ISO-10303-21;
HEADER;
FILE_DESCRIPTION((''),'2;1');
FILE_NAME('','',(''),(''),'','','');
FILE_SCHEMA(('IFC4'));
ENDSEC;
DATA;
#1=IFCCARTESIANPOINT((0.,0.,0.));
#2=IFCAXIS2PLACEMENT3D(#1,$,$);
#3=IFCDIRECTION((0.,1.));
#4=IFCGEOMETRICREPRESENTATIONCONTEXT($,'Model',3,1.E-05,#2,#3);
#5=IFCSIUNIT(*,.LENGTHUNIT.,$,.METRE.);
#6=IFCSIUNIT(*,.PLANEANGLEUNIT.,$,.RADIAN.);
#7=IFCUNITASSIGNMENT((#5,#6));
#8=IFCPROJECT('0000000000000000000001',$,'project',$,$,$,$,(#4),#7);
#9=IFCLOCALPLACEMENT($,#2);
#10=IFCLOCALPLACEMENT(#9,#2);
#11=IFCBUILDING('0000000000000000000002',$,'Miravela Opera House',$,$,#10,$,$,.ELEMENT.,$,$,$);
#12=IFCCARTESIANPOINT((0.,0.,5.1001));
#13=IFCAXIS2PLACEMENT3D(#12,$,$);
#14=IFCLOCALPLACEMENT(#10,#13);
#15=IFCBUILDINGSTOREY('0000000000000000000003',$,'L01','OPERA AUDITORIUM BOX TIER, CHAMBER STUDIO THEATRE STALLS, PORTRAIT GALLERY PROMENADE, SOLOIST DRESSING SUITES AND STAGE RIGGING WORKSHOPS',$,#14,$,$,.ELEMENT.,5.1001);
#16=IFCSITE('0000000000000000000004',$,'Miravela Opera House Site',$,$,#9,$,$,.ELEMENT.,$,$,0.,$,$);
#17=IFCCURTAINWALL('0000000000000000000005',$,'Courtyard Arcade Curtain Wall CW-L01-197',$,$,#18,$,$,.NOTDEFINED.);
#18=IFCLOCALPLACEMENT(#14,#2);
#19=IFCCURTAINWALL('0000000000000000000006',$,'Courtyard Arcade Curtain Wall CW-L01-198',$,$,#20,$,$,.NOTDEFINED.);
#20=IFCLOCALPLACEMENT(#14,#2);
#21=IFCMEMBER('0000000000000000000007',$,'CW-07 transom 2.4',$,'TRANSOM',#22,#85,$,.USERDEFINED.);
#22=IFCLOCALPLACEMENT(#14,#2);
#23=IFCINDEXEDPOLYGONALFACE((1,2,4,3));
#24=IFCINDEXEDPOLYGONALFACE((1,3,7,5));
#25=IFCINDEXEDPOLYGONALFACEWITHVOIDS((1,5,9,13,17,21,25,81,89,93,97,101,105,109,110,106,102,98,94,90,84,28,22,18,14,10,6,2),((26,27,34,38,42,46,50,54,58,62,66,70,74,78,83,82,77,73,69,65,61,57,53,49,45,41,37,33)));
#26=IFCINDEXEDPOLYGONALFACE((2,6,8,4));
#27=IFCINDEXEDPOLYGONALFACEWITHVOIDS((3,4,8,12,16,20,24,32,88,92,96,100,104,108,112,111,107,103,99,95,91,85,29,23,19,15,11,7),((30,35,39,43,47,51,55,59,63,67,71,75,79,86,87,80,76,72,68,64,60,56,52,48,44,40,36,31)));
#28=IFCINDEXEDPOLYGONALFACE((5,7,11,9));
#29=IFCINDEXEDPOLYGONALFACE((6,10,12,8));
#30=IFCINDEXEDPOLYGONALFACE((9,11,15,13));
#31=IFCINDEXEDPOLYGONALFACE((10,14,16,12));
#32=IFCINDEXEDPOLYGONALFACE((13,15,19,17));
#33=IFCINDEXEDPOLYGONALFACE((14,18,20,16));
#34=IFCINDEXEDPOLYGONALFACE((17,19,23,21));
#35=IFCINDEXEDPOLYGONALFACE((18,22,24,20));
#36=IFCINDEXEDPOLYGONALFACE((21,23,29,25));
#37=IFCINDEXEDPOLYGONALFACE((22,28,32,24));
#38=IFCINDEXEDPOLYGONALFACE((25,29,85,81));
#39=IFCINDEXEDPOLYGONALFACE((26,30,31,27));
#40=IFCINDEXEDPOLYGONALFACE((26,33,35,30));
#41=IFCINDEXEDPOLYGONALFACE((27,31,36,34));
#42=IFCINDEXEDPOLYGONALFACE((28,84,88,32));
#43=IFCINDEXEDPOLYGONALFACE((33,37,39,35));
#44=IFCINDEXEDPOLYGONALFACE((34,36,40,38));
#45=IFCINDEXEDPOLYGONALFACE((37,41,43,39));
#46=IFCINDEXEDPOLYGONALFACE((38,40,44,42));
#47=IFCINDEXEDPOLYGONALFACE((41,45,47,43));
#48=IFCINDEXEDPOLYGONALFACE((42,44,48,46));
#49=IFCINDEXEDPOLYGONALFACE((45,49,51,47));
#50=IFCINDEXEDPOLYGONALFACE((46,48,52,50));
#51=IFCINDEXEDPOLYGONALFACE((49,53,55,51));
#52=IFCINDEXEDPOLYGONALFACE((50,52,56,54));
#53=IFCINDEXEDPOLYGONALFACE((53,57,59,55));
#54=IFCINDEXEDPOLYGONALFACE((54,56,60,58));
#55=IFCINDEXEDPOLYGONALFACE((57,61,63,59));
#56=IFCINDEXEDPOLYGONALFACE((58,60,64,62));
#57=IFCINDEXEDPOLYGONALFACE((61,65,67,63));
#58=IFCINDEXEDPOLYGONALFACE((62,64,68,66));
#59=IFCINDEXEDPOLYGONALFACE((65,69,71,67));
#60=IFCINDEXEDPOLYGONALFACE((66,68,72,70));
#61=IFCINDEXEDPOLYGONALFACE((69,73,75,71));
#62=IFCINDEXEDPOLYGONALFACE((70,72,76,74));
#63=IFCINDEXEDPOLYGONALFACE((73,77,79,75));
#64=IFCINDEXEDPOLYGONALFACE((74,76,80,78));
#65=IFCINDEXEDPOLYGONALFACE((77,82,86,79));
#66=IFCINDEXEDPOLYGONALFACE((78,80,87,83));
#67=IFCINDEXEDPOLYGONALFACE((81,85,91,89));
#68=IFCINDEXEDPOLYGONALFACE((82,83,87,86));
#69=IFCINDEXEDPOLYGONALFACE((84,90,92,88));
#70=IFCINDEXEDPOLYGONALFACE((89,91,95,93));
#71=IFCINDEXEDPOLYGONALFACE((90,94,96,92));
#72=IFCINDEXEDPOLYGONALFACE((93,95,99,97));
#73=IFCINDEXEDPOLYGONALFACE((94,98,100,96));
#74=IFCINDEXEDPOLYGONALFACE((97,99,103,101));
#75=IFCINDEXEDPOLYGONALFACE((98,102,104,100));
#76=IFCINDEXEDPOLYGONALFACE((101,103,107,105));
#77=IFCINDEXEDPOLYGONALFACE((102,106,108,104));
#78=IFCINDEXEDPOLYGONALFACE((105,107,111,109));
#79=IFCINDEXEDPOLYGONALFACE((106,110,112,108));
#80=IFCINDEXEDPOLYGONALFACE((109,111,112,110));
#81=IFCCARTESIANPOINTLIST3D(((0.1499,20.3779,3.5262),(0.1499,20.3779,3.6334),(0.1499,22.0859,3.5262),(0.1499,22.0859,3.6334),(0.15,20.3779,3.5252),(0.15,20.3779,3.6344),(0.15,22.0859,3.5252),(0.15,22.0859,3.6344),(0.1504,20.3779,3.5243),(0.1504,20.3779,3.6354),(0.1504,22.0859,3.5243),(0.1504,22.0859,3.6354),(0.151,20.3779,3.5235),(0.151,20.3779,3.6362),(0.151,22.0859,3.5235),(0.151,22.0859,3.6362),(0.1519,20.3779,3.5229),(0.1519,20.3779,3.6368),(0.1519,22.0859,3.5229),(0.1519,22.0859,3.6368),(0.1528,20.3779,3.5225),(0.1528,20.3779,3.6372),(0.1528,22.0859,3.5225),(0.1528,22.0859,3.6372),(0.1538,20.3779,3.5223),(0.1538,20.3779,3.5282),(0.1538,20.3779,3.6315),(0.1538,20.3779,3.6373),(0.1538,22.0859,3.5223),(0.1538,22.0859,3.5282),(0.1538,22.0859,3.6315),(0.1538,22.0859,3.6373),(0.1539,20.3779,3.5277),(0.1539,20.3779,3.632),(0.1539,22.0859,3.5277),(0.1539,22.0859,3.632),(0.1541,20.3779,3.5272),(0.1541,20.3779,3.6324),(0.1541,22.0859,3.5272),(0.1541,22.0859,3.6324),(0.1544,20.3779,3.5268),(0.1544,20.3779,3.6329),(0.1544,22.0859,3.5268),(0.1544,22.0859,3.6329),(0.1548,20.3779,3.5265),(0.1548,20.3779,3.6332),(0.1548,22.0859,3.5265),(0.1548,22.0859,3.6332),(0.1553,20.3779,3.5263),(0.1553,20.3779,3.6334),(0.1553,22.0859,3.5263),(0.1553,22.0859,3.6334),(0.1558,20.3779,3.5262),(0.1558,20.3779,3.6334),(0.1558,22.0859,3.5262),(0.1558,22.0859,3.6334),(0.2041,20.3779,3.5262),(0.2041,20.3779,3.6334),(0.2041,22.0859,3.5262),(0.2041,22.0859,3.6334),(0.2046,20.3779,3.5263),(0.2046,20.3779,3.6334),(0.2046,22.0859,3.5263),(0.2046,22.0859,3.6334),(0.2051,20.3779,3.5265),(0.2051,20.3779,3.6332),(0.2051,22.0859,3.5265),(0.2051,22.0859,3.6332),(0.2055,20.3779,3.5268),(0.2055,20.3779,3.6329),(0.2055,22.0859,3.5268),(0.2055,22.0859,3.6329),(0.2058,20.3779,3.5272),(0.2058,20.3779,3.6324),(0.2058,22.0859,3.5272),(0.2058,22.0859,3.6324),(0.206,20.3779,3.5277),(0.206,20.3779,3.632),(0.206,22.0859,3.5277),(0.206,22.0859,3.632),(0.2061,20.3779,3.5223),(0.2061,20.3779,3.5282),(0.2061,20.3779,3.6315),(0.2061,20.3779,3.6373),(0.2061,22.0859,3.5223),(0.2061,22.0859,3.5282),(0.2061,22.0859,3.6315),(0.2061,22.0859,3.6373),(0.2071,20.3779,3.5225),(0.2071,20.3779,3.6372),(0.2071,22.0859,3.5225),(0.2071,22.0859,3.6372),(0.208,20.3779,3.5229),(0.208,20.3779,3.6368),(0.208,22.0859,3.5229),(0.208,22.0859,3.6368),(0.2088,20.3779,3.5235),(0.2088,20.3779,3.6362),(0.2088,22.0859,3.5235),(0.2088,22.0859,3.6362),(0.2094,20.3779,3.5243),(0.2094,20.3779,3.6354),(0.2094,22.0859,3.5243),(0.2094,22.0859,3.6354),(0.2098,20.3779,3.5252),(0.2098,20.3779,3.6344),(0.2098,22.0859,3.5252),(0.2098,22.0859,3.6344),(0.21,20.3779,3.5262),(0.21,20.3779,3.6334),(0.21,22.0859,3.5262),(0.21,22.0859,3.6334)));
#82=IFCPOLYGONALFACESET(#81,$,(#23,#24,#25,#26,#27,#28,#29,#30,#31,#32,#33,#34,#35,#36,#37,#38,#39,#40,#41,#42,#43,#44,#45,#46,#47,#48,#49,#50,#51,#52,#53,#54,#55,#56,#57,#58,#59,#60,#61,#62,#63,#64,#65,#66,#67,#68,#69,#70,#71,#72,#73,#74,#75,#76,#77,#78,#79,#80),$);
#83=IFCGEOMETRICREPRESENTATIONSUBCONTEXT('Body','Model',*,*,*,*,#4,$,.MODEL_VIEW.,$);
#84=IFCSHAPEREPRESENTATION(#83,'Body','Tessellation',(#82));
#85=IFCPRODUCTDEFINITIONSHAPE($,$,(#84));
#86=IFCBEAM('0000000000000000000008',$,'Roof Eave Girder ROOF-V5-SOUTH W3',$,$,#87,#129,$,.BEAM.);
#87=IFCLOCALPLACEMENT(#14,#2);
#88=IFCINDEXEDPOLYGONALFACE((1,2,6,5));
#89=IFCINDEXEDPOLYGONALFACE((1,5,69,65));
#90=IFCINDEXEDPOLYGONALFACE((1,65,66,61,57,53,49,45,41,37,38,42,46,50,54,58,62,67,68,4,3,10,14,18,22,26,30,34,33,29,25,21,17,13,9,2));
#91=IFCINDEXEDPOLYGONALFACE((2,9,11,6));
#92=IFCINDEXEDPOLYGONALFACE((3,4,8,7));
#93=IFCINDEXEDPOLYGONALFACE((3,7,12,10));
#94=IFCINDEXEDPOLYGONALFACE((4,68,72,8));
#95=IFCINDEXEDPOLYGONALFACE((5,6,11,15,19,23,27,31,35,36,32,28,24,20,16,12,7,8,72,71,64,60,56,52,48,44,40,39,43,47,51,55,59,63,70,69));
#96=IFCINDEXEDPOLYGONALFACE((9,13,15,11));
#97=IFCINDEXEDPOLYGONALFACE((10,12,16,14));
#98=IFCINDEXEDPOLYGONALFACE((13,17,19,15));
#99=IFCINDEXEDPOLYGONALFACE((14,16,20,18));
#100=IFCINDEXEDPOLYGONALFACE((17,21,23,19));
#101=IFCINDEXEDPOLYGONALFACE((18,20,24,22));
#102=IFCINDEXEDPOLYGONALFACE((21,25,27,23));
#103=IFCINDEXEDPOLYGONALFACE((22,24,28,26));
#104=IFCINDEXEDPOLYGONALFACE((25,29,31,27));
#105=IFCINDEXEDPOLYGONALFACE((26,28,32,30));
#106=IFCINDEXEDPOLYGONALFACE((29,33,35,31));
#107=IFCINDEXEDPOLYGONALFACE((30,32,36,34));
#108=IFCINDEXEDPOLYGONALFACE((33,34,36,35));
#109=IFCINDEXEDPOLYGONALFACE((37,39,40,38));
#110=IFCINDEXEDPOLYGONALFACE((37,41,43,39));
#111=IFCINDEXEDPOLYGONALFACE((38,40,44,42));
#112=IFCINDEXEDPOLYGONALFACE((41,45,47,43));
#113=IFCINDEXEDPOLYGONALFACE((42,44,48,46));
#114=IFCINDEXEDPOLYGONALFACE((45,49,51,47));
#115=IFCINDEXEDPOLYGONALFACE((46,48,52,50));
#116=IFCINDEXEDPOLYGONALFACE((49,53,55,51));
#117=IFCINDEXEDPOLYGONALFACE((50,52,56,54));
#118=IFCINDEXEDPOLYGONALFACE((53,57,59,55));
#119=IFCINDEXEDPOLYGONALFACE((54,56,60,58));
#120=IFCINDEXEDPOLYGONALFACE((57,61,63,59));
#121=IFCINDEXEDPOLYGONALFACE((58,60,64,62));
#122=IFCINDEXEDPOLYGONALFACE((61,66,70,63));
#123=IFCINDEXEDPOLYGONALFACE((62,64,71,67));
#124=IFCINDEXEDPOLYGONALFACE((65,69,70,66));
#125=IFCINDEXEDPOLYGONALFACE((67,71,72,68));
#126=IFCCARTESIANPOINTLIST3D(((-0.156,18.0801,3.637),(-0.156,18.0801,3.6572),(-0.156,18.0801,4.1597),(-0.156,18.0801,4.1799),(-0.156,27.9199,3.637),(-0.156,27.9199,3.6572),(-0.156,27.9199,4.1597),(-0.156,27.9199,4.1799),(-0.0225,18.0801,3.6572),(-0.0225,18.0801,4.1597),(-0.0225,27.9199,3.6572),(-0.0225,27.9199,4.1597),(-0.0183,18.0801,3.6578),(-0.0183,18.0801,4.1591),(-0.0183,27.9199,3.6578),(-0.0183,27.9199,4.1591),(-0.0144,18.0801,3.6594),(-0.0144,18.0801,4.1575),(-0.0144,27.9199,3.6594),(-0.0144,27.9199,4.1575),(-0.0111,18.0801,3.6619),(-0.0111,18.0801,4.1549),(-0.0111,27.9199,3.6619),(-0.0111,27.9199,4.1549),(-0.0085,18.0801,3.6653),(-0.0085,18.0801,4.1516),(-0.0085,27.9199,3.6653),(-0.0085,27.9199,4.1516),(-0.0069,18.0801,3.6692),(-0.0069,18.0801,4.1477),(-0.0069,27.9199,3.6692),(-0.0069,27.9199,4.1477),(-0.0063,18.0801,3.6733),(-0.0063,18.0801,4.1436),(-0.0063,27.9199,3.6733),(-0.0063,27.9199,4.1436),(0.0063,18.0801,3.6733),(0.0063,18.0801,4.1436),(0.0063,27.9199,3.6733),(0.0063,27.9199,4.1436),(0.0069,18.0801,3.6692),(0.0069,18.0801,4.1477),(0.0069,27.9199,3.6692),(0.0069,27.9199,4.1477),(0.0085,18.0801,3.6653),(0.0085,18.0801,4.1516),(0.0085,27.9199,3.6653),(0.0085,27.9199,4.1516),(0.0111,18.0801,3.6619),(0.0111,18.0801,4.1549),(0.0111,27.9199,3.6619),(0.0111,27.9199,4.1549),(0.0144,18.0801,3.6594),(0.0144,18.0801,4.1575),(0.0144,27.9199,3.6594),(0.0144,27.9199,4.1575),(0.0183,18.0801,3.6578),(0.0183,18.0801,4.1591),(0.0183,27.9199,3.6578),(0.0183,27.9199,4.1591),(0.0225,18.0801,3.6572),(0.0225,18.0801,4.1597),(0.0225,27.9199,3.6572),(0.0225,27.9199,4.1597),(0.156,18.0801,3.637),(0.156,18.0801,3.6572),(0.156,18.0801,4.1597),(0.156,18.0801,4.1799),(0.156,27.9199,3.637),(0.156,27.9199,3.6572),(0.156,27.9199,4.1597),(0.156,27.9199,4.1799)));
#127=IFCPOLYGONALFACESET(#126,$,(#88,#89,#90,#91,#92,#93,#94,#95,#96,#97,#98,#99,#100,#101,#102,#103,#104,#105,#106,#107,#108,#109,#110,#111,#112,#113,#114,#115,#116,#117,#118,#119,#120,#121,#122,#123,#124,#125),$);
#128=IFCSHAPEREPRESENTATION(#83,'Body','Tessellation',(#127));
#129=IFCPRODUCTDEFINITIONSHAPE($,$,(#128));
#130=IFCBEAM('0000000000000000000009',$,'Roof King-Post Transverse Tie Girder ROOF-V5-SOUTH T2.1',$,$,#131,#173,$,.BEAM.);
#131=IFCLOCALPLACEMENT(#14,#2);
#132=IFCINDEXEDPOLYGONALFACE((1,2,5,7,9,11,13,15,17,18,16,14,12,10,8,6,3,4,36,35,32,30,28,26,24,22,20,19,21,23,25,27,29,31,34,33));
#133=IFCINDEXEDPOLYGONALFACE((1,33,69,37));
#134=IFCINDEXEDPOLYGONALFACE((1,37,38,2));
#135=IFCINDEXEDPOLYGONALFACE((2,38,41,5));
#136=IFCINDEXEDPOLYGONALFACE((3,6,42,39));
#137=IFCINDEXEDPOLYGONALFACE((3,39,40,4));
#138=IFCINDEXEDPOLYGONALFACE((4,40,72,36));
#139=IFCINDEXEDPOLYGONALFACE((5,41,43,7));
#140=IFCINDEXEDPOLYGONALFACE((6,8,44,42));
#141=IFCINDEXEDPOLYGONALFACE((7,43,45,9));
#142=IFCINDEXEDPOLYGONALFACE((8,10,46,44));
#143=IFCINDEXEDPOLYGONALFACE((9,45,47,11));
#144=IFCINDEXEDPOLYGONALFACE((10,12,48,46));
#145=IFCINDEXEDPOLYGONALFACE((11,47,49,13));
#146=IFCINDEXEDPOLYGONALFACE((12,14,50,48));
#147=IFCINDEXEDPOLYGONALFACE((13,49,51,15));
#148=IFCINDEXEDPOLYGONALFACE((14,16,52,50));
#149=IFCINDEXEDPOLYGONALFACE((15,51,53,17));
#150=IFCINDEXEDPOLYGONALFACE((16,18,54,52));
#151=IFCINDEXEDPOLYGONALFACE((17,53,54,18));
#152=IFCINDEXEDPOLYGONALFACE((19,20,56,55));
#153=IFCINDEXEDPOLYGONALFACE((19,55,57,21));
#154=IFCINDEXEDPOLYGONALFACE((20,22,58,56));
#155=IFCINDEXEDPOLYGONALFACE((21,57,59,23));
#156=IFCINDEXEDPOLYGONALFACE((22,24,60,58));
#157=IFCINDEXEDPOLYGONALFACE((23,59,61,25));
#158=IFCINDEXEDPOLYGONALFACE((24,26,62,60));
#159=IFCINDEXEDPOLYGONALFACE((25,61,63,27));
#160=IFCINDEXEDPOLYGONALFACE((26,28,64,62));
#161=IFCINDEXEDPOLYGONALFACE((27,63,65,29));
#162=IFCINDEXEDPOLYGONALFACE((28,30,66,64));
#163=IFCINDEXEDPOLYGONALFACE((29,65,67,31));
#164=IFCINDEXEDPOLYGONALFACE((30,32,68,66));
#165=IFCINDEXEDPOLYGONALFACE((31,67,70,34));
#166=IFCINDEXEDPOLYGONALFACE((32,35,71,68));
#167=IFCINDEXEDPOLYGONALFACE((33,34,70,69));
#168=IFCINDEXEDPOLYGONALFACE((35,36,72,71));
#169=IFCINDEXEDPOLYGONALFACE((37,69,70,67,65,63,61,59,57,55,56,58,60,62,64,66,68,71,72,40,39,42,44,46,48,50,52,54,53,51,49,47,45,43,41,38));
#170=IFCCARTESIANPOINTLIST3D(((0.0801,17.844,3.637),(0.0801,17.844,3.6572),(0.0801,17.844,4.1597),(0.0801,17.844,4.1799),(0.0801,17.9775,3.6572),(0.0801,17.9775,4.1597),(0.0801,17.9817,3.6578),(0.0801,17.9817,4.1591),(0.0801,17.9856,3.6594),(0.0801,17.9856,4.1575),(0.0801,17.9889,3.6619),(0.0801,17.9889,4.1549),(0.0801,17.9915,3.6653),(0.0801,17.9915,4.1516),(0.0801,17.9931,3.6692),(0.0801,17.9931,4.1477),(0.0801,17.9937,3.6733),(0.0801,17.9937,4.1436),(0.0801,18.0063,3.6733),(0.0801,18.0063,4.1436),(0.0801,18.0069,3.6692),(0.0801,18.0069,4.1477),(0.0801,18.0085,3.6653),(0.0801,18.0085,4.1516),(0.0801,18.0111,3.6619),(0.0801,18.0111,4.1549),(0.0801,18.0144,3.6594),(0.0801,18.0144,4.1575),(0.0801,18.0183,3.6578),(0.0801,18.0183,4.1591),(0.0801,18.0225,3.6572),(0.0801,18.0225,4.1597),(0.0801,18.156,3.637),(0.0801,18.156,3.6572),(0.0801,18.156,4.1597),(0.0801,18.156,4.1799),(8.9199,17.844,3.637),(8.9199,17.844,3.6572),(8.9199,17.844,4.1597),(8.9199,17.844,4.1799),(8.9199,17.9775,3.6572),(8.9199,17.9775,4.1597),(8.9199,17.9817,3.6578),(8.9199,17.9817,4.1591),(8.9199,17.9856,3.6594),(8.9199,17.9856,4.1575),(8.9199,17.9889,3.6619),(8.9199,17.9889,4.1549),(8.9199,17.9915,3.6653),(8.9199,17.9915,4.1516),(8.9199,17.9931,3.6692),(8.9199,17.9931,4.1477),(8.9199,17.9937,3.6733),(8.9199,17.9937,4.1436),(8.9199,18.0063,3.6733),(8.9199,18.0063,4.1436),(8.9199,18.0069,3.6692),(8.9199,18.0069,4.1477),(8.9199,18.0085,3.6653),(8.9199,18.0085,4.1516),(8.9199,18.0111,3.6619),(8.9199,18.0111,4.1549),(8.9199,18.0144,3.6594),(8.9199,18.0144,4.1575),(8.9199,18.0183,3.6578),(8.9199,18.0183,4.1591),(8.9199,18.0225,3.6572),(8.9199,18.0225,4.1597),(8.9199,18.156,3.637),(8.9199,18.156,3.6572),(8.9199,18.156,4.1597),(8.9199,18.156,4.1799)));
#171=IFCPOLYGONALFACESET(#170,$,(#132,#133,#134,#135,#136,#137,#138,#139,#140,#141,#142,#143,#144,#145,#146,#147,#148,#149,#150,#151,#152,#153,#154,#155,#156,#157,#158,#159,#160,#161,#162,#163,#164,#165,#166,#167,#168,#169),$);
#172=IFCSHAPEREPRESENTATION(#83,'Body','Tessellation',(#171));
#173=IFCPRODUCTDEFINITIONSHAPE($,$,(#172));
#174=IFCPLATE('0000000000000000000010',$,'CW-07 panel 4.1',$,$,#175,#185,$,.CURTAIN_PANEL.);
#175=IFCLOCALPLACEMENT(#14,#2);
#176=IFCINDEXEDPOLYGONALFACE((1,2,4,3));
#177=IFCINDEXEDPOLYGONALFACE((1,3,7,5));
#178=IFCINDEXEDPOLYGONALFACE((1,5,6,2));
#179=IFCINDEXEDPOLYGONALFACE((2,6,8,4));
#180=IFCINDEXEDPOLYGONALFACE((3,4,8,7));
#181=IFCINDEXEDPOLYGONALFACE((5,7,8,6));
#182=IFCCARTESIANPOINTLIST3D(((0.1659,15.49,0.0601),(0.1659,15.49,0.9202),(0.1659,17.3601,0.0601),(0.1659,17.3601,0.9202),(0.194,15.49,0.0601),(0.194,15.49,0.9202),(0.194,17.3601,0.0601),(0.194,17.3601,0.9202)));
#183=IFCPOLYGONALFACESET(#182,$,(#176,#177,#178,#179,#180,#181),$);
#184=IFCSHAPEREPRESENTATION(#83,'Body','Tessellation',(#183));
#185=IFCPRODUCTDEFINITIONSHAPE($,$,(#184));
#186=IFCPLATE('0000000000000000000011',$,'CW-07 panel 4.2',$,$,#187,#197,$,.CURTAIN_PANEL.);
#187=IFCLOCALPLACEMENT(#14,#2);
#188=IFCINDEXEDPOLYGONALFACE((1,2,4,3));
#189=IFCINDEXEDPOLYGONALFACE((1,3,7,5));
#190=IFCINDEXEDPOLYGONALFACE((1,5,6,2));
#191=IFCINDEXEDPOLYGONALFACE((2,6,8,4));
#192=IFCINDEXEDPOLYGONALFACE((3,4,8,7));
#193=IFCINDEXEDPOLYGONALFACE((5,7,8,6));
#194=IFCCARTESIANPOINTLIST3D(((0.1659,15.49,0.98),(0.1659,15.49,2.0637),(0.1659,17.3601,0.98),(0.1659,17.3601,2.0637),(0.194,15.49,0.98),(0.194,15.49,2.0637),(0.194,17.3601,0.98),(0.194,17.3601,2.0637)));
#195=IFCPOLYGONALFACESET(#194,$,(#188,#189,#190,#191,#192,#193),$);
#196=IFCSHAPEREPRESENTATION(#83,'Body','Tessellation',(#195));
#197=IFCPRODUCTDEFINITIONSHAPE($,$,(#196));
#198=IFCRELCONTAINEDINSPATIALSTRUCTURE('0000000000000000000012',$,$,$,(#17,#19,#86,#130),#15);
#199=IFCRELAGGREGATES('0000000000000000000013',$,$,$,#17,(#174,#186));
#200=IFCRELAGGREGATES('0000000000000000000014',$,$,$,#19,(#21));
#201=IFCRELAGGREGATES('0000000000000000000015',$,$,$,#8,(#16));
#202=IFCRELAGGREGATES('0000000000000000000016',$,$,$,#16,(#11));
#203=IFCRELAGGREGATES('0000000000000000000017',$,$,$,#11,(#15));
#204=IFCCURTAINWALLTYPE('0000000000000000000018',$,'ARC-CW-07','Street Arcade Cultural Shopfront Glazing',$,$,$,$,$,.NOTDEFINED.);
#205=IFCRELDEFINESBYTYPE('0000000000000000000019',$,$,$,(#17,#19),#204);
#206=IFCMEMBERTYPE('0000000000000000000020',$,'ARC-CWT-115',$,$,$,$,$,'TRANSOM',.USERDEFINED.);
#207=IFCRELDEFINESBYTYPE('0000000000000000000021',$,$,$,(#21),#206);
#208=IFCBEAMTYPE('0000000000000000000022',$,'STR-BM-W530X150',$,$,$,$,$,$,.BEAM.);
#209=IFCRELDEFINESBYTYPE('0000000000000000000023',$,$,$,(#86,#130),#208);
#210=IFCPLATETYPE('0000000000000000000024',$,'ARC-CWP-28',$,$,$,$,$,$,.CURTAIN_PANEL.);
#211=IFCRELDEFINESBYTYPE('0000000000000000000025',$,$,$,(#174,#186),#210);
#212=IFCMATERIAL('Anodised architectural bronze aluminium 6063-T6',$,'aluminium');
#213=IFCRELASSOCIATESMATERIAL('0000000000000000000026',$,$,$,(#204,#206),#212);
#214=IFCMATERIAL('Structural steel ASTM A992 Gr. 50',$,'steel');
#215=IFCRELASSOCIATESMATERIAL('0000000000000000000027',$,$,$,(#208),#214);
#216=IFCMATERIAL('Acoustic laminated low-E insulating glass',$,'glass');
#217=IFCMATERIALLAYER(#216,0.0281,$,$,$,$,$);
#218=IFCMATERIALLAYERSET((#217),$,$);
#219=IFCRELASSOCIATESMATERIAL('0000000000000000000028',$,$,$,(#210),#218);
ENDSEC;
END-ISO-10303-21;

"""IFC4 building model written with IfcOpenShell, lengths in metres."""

from ifc_helpers import new_model, si_unit, direction, frame, origin, origin_2d, place, context, subcontext, project, spatial, rectangle, hollow_rectangle, i_section, extrude, material, layer, layer_set, material_profile, profile_set, type_object, element, aggregate, save


model = new_model("IFC4")

# Units and contexts
model_context = context("Model", 3, precision=1e-05, world=origin(), true_north=direction((0.0, 1.0)))
body_context = subcontext(model_context, "Body", "Model", "MODEL_VIEW")
ifc_project = project(units=[si_unit("LENGTHUNIT", "METRE"), si_unit("PLANEANGLEUNIT", "RADIAN")], contexts=[model_context])

# Site, building, storey
site_placement = place(None, origin())
site = spatial("IfcSite", under=ifc_project, at=site_placement, Name="Miravela Opera House Site", CompositionType="ELEMENT", RefElevation=0.0)
building_placement = place(site_placement, origin())
building = spatial("IfcBuilding", under=site, at=building_placement, Name="Miravela Opera House", CompositionType="ELEMENT")
storey_placement = place(building_placement, frame((0.0, 0.0, 5.1001)))
storey = spatial("IfcBuildingStorey", under=building, at=storey_placement, Name="L01", Description="OPERA AUDITORIUM BOX TIER, CHAMBER STUDIO THEATRE STALLS, PORTRAIT GALLERY PROMENADE, SOLOIST DRESSING SUITES AND STAGE RIGGING WORKSHOPS", CompositionType="ELEMENT", Elevation=5.1001)

# Curtain wall
ifc_material_1 = material(Name="Anodised architectural bronze aluminium 6063-T6", Category="aluminium")
curtain_wall_type = type_object("IfcCurtainWallType", Name="ARC-CW-07", Description="Street Arcade Cultural Shopfront Glazing", PredefinedType="NOTDEFINED", material=ifc_material_1)
curtain_wall_1_placement = place(storey_placement, origin())
curtain_wall_1 = element("IfcCurtainWall", 1, at=curtain_wall_1_placement, inside=storey, type_object=curtain_wall_type, Name="Courtyard Arcade Curtain Wall CW-L01-197", PredefinedType="NOTDEFINED")

# Curtain wall, member
curtain_wall_2_placement = place(storey_placement, origin())
curtain_wall_2 = element("IfcCurtainWall", 2, at=curtain_wall_2_placement, inside=storey, type_object=curtain_wall_type, Name="Courtyard Arcade Curtain Wall CW-L01-198", PredefinedType="NOTDEFINED")
ifc_material_profile_1 = material_profile(ifc_material_1, hollow_rectangle(XDim=0.0601, YDim=0.115, WallThickness=0.0039, InnerFilletRadius=0.002, OuterFilletRadius=0.0039, at=origin_2d()), Name="CWT-60X115")
ifc_profile_set_1 = profile_set([ifc_material_profile_1])
member_type_1 = type_object("IfcMemberType", Name="ARC-CWT-115", ElementType="TRANSOM", PredefinedType="USERDEFINED", material=ifc_profile_set_1)
member_1_placement = place(storey_placement, frame((0.1799, 20.3779, 3.5798), z_axis=(0.0, 1.0, 0.0), x_axis=(-1.0, 0.0, 0.0)))
member_1 = element("IfcMember", 3, at=member_1_placement, type_object=member_type_1, Name="CW-07 transom 2.4", ObjectType="TRANSOM", PredefinedType="USERDEFINED", context=body_context, shape_type="SweptSolid", body=[
    extrude(hollow_rectangle(XDim=0.0601, YDim=0.115, WallThickness=0.0039, InnerFilletRadius=0.002, OuterFilletRadius=0.0039, at=origin_2d()), origin(), (0.0, 0.0, 1.0), 1.708),
])

# Beams
ifc_material_2 = material(Name="Structural steel ASTM A992 Gr. 50", Category="steel")
ifc_material_profile_2 = material_profile(ifc_material_2, i_section(OverallWidth=0.312, OverallDepth=0.543, WebThickness=0.0127, FlangeThickness=0.0203, FilletRadius=0.0161, at=origin_2d()), Name="W530X150")
ifc_profile_set_2 = profile_set([ifc_material_profile_2])
beam_type = type_object("IfcBeamType", Name="STR-BM-W530X150", PredefinedType="BEAM", material=ifc_profile_set_2)
beam_1_placement = place(storey_placement, frame((0.0, 18.0801, 3.9084), z_axis=(0.0, 1.0, 0.0), x_axis=(-1.0, 0.0, 0.0)))
element("IfcBeam", 4, at=beam_1_placement, inside=storey, type_object=beam_type, Name="Roof Eave Girder ROOF-V5-SOUTH W3", PredefinedType="BEAM", context=body_context, shape_type="SweptSolid", body=[
    extrude(i_section(OverallWidth=0.312, OverallDepth=0.543, WebThickness=0.0127, FlangeThickness=0.0203, FilletRadius=0.0161, at=origin_2d()), origin(), (0.0, 0.0, 1.0), 9.8398),
])
beam_2_placement = place(storey_placement, frame((0.0801, 18.0, 3.9084), z_axis=(1.0, 0.0, 0.0), x_axis=(0.0, 1.0, 0.0)))
element("IfcBeam", 5, at=beam_2_placement, inside=storey, type_object=beam_type, Name="Roof King-Post Transverse Tie Girder ROOF-V5-SOUTH T2.1", PredefinedType="BEAM", context=body_context, shape_type="SweptSolid", body=[
    extrude(i_section(OverallWidth=0.312, OverallDepth=0.543, WebThickness=0.0127, FlangeThickness=0.0203, FilletRadius=0.0161, at=origin_2d()), origin(), (0.0, 0.0, 1.0), 8.8398),
])

# Plates
ifc_material_3 = material(Name="Acoustic laminated low-E insulating glass", Category="glass")
ifc_layer = layer(ifc_material_3, 0.0281)
ifc_layer_set = layer_set([ifc_layer])
plate_type = type_object("IfcPlateType", Name="ARC-CWP-28", PredefinedType="CURTAIN_PANEL", material=ifc_layer_set)
plate_1_placement = place(storey_placement, frame((0.1799, 16.425, 0.0601), z_axis=(0.0, 0.0, 1.0), x_axis=(0.0, 1.0, 0.0)))
plate_1 = element("IfcPlate", 6, at=plate_1_placement, type_object=plate_type, Name="CW-07 panel 4.1", PredefinedType="CURTAIN_PANEL", context=body_context, shape_type="SweptSolid", body=[
    extrude(rectangle(XDim=1.8701, YDim=0.0281, at=origin_2d()), origin(), (0.0, 0.0, 1.0), 0.8601),
])
plate_2_placement = place(storey_placement, frame((0.1799, 16.425, 0.98), z_axis=(0.0, 0.0, 1.0), x_axis=(0.0, 1.0, 0.0)))
plate_2 = element("IfcPlate", 7, at=plate_2_placement, type_object=plate_type, Name="CW-07 panel 4.2", PredefinedType="CURTAIN_PANEL", context=body_context, shape_type="SweptSolid", body=[
    extrude(rectangle(XDim=1.8701, YDim=0.0281, at=origin_2d()), origin(), (0.0, 0.0, 1.0), 1.0837),
])
aggregate(curtain_wall_1, [plate_1, plate_2])
aggregate(curtain_wall_2, [member_1])

save(model, "model.ifc")
